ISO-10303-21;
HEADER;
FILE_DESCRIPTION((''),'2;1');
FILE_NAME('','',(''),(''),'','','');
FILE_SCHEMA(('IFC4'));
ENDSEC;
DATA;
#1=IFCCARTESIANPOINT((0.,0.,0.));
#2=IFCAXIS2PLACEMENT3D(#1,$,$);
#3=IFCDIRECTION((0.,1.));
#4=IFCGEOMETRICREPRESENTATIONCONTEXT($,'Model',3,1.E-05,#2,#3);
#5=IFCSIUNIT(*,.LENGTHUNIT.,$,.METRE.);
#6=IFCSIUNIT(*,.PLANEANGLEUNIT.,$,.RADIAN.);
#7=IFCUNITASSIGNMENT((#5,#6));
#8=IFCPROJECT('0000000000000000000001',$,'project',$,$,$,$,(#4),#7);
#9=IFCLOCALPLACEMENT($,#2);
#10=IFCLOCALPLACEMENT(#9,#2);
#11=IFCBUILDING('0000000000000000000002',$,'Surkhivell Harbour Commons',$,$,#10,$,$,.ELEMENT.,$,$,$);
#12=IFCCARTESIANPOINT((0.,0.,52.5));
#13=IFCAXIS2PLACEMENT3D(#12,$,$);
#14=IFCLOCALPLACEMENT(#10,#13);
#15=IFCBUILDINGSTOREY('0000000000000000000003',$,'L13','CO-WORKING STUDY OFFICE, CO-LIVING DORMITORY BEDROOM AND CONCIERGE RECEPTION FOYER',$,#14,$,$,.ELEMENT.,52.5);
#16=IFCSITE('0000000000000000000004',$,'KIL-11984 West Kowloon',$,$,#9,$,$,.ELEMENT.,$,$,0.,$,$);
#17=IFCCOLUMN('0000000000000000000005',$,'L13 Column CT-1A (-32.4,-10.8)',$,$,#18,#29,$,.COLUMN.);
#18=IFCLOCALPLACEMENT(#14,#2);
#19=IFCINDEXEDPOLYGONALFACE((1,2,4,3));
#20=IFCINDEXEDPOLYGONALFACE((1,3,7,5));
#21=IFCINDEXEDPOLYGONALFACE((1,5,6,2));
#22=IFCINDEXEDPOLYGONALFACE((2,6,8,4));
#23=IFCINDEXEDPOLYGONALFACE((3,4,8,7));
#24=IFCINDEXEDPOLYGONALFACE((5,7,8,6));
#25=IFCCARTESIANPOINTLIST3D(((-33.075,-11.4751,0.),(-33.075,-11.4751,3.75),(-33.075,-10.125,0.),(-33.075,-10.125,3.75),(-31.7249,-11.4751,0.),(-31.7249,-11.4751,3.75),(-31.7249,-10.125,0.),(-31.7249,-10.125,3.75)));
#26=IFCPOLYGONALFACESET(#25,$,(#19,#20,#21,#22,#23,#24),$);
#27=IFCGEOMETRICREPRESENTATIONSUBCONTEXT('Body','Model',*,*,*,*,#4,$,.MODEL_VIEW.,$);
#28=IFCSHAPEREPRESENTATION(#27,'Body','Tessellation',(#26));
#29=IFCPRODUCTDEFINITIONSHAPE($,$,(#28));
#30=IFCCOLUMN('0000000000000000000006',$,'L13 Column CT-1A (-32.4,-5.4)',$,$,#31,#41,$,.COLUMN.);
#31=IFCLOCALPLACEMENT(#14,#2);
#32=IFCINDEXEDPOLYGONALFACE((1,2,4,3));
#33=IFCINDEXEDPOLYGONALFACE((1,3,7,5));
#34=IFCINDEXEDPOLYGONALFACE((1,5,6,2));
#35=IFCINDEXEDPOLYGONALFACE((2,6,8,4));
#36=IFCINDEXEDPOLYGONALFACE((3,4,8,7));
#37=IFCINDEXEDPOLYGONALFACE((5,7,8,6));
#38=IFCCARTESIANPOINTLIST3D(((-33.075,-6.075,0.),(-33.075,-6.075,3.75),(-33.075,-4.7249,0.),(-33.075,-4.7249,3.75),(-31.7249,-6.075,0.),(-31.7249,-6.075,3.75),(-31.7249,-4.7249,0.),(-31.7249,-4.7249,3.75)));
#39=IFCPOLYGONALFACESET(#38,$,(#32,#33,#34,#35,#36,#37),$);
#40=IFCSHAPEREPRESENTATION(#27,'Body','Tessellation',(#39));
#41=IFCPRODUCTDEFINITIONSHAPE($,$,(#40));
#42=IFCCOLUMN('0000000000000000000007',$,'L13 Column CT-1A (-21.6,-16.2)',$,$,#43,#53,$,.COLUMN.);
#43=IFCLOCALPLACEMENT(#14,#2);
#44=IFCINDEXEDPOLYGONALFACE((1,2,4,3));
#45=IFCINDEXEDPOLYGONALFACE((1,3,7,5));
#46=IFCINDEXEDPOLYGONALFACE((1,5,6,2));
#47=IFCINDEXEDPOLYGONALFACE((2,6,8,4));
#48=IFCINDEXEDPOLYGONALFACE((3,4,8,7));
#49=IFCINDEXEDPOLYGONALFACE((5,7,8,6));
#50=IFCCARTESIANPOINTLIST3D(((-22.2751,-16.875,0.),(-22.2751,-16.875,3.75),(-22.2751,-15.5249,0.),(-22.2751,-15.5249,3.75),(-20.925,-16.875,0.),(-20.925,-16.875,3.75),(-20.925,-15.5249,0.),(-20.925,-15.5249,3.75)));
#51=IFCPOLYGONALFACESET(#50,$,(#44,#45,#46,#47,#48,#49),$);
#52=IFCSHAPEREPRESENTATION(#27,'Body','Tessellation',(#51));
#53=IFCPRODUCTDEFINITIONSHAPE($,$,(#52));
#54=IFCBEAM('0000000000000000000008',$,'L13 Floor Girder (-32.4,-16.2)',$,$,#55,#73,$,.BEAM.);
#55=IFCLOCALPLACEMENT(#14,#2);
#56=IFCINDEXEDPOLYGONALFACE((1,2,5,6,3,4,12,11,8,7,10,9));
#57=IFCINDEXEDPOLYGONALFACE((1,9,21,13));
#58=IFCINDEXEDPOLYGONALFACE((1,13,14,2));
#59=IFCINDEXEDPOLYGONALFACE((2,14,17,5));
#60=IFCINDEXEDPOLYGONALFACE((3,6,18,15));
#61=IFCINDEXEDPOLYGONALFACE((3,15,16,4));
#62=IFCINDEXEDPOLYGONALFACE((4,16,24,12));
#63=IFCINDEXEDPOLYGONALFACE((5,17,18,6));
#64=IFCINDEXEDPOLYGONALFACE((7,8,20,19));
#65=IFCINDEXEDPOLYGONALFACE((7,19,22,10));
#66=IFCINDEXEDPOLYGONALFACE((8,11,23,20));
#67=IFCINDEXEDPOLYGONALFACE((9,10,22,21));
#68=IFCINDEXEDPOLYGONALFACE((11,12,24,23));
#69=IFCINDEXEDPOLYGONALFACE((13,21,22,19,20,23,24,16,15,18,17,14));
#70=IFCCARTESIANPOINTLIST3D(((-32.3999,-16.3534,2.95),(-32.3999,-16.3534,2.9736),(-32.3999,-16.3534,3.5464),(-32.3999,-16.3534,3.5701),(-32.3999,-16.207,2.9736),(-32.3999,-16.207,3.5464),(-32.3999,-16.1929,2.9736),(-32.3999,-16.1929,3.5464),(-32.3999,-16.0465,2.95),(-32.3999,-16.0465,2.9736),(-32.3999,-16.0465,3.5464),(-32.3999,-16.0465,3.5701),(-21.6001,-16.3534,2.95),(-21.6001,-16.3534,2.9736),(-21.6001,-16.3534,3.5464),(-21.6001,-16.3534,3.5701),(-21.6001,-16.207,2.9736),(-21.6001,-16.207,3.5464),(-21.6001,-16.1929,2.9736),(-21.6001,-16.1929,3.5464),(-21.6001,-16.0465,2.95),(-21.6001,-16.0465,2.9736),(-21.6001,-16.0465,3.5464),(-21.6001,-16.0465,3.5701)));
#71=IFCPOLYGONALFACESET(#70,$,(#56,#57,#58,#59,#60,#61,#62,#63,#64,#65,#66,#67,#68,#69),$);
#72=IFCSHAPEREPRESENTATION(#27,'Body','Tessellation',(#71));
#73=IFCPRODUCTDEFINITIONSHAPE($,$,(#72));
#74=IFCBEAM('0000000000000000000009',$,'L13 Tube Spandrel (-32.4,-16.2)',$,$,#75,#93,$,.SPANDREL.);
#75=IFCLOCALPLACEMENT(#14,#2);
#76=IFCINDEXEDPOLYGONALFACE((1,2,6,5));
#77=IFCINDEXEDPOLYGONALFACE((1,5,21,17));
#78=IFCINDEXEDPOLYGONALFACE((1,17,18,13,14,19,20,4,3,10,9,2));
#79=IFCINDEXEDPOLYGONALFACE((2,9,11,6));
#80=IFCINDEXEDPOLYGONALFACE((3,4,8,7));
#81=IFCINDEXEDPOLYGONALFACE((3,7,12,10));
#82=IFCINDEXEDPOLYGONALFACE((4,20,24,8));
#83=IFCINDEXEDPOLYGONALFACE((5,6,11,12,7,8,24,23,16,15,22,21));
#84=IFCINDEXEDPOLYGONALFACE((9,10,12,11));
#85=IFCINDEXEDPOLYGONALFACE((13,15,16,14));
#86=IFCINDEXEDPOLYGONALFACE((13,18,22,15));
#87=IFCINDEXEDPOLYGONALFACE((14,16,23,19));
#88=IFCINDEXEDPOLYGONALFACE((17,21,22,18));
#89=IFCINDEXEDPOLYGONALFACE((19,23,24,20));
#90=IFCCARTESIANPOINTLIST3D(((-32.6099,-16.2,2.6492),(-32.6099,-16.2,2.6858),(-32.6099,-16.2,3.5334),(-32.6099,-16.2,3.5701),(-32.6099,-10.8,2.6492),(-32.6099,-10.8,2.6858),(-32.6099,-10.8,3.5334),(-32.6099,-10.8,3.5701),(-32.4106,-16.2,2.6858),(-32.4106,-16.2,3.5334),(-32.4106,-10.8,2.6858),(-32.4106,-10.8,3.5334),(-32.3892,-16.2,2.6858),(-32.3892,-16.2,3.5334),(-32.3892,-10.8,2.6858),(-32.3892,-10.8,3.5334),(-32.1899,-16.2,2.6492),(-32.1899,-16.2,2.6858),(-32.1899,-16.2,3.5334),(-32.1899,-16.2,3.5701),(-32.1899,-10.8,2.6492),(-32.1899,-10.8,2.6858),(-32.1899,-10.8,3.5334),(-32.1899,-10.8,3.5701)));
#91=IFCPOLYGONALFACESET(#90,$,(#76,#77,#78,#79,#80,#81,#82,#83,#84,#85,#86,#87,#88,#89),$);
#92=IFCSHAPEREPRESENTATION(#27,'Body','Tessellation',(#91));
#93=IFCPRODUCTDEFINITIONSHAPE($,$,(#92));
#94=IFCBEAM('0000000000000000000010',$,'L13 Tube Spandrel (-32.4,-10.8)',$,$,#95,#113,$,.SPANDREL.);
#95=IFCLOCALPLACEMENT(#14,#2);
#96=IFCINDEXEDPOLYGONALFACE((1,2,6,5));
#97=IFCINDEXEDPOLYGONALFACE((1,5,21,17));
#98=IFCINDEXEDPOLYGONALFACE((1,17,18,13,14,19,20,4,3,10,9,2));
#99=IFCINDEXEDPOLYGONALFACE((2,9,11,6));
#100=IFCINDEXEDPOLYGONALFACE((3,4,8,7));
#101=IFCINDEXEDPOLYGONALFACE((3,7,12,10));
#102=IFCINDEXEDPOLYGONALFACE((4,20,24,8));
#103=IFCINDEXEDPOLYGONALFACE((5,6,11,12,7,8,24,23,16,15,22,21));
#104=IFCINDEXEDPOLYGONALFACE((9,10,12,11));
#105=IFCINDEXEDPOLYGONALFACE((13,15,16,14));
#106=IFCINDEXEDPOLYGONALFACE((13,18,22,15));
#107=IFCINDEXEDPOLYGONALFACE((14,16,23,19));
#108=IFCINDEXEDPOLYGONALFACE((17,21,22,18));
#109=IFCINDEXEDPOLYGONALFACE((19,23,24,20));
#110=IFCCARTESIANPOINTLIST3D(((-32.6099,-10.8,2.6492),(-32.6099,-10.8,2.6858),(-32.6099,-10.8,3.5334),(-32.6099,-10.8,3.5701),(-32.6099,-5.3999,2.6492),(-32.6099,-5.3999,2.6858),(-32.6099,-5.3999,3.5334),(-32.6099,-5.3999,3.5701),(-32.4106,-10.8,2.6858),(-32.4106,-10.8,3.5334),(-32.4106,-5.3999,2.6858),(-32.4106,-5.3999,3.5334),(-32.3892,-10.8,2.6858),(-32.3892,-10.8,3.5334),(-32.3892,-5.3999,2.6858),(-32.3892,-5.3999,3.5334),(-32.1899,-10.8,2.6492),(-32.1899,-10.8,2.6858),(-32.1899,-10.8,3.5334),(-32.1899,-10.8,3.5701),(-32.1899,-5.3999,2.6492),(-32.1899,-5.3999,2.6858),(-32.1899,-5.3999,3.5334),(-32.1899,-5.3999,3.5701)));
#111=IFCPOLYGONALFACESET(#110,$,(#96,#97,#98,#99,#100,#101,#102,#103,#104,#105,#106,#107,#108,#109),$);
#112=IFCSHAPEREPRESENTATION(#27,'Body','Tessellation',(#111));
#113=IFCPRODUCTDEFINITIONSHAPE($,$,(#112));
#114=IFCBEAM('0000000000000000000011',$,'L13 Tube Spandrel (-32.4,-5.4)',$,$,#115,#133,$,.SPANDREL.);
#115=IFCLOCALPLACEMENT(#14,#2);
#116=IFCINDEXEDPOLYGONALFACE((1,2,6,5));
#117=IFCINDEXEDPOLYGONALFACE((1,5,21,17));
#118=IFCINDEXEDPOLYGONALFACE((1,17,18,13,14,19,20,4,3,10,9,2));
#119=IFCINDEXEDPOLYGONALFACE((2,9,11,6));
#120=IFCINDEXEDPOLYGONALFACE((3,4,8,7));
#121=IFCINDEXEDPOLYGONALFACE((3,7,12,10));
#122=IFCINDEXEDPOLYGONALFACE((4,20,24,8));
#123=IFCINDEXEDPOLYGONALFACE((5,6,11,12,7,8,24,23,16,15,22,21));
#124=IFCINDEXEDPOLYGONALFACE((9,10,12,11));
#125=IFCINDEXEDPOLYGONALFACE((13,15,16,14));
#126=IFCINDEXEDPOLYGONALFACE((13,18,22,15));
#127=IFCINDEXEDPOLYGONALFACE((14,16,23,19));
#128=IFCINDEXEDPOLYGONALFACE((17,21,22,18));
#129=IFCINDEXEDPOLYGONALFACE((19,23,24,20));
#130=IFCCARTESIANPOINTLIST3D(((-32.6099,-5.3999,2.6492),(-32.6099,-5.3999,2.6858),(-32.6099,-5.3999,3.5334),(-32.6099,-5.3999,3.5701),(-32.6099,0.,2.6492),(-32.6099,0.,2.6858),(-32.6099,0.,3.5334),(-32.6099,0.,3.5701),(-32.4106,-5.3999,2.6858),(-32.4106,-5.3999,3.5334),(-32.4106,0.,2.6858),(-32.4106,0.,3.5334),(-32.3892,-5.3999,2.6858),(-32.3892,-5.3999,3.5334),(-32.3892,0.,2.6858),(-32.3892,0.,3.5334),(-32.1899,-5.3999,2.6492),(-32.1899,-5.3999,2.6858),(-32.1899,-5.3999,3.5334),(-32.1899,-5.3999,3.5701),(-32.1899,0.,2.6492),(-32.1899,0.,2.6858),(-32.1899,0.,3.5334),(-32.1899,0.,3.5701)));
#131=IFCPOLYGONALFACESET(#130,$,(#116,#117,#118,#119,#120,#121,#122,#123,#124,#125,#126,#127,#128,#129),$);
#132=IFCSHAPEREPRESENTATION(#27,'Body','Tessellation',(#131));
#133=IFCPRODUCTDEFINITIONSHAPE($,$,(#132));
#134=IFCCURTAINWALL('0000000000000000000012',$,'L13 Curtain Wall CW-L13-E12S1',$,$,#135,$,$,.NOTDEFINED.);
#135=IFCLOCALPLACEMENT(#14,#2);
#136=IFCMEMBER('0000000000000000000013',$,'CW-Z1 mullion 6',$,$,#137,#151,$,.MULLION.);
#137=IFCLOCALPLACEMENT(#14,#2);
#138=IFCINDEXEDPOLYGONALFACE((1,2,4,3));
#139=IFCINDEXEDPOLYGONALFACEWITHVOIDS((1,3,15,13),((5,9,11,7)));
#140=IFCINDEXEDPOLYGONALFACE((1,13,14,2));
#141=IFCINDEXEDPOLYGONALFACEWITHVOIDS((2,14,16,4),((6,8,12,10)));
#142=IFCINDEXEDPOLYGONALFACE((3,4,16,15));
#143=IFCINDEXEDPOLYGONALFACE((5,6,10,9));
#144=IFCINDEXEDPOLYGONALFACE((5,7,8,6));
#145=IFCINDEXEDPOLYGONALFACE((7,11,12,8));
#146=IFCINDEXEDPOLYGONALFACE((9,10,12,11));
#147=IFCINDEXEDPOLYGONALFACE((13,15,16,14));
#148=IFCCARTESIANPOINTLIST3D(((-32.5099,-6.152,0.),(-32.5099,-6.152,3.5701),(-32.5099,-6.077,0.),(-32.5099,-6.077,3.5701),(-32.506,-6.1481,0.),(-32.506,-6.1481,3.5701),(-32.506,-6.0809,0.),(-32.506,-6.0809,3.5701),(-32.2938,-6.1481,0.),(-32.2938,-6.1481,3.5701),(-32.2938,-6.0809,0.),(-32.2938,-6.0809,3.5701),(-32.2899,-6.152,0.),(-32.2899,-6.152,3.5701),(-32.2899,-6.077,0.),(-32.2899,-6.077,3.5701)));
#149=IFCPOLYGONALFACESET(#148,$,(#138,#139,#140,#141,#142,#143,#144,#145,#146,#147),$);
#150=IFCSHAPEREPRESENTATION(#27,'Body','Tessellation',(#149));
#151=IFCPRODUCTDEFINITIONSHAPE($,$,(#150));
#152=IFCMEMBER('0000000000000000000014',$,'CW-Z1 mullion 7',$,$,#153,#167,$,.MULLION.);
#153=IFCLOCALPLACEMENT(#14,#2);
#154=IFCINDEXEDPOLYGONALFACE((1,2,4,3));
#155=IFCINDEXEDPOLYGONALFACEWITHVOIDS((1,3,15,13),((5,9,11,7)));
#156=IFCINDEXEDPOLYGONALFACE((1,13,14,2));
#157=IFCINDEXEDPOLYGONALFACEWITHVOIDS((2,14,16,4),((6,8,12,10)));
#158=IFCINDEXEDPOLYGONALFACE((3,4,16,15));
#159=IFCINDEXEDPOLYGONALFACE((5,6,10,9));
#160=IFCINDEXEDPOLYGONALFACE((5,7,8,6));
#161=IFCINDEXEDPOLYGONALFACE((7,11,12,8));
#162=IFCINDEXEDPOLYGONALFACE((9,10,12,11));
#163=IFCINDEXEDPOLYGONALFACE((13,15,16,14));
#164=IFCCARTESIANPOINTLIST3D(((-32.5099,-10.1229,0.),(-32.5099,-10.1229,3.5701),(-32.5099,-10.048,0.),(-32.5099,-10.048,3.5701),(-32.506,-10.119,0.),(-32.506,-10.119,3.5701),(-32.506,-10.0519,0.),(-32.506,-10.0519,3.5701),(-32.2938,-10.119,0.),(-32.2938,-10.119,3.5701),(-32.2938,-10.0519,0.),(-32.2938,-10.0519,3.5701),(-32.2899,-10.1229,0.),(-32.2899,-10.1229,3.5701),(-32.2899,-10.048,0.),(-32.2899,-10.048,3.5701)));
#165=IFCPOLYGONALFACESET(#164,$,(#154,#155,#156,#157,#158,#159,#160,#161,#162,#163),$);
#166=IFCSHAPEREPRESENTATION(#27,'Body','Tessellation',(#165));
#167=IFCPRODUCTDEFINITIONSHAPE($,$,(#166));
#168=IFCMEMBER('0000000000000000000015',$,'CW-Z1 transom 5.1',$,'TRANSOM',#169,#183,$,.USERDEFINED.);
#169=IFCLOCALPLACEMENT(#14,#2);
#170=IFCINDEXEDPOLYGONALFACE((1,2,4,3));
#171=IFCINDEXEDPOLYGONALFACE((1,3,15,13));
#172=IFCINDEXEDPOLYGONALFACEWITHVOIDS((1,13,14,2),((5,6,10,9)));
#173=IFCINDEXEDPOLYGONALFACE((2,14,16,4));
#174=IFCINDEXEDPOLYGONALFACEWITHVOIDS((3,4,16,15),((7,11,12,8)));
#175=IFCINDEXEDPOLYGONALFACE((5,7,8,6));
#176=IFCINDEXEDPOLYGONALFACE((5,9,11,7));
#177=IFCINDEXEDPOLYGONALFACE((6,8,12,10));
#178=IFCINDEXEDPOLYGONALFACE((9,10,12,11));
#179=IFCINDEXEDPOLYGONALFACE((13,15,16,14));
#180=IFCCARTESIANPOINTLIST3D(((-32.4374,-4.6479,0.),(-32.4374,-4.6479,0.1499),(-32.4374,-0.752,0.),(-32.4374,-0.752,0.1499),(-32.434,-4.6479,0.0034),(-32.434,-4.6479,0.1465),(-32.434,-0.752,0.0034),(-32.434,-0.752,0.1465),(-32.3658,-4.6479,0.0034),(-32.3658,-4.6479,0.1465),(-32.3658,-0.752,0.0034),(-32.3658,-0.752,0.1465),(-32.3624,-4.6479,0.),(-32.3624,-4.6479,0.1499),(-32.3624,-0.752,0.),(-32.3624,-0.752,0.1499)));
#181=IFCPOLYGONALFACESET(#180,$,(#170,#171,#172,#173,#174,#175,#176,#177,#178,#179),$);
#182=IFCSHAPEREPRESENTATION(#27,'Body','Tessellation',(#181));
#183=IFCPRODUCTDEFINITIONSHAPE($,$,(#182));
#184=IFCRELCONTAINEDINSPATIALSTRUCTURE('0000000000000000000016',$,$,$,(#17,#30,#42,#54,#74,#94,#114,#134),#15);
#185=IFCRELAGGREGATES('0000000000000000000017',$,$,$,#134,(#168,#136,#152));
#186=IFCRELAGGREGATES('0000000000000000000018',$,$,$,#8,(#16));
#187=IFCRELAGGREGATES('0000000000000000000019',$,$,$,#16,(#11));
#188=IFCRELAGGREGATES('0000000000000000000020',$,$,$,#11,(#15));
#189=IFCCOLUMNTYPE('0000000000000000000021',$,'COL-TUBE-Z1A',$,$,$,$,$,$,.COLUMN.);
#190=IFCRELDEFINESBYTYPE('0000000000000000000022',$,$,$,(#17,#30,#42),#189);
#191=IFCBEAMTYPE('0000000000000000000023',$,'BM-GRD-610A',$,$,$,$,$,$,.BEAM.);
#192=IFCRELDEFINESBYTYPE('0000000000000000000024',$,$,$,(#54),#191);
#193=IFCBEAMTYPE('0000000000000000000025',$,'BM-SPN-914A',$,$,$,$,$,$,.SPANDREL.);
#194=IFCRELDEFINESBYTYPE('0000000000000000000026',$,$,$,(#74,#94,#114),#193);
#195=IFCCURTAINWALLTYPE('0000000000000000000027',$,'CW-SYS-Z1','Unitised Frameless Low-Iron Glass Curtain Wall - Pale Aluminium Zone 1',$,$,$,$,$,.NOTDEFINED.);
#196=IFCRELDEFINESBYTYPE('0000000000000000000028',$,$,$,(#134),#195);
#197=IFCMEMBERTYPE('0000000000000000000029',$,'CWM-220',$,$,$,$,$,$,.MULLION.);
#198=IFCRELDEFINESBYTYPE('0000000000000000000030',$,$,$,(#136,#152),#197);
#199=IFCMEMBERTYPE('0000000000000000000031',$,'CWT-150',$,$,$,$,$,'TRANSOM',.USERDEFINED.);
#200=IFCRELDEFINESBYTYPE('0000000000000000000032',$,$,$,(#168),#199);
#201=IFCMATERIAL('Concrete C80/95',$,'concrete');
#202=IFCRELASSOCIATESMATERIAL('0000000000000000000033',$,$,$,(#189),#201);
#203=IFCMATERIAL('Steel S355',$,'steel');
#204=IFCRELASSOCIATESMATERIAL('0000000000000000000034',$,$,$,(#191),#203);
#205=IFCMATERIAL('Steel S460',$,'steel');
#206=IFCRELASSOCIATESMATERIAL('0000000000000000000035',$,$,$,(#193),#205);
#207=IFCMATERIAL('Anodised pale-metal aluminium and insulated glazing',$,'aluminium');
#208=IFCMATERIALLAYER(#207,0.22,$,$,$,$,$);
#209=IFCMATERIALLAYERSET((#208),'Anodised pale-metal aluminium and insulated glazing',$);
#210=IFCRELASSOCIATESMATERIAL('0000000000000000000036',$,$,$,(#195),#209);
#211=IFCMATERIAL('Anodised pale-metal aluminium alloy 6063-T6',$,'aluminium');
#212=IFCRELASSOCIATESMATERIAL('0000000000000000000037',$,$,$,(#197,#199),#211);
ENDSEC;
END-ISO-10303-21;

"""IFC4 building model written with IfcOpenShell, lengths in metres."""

from ifc_helpers import new_model, si_unit, direction, frame, origin, origin_2d, place, context, subcontext, project, spatial, rectangle, hollow_rectangle, i_section, extrude, material, layer, layer_set, material_profile, profile_set, type_object, element, aggregate, save


model = new_model("IFC4")

# Units and contexts
model_context = context("Model", 3, precision=1e-05, world=origin(), true_north=direction((0.0, 1.0)))
body_context = subcontext(model_context, "Body", "Model", "MODEL_VIEW")
ifc_project = project(units=[si_unit("LENGTHUNIT", "METRE"), si_unit("PLANEANGLEUNIT", "RADIAN")], contexts=[model_context])

# Site, building, storey
site_placement = place(None, origin())
site = spatial("IfcSite", under=ifc_project, at=site_placement, Name="KIL-11984 West Kowloon", CompositionType="ELEMENT", RefElevation=0.0)
building_placement = place(site_placement, origin())
building = spatial("IfcBuilding", under=site, at=building_placement, Name="Surkhivell Harbour Commons", CompositionType="ELEMENT")
storey_placement = place(building_placement, frame((0.0, 0.0, 52.5)))
storey = spatial("IfcBuildingStorey", under=building, at=storey_placement, Name="L13", Description="CO-WORKING STUDY OFFICE, CO-LIVING DORMITORY BEDROOM AND CONCIERGE RECEPTION FOYER", CompositionType="ELEMENT", Elevation=52.5)

# Columns
ifc_material_1 = material(Name="Concrete C80/95", Category="concrete")
ifc_material_profile_1 = material_profile(ifc_material_1, rectangle(XDim=1.3501, YDim=1.3501, at=origin_2d()), Name="RC-COL-1350x1350")
ifc_profile_set_1 = profile_set([ifc_material_profile_1], Name="Concrete C80/95")
column_type = type_object("IfcColumnType", Name="COL-TUBE-Z1A", PredefinedType="COLUMN", material=ifc_profile_set_1)
for number, where, z_axis, x_axis, name in (
    (1, (-32.3999, -10.8, 0.0), (0.0, 0.0, 1.0), (1.0, 0.0, 0.0), "L13 Column CT-1A (-32.4,-10.8)"),
    (2, (-32.3999, -5.3999, 0.0), (0.0, 0.0, 1.0), (1.0, 0.0, 0.0), "L13 Column CT-1A (-32.4,-5.4)"),
    (3, (-21.6001, -16.2, 0.0), (0.0, 0.0, 1.0), (1.0, 0.0, 0.0), "L13 Column CT-1A (-21.6,-16.2)"),
):
    element("IfcColumn", number, at=place(storey_placement, frame(where, z_axis=z_axis, x_axis=x_axis)), inside=storey, type_object=column_type, Name=name, PredefinedType="COLUMN", context=body_context, shape_type="SweptSolid", body=[
        extrude(rectangle(XDim=1.3501, YDim=1.3501, at=origin_2d()), origin(), (0.0, 0.0, 1.0), 3.75),
    ])

# Beams
ifc_material_2 = material(Name="Steel S355", Category="steel")
ifc_material_profile_2 = material_profile(ifc_material_2, i_section(OverallWidth=0.3069, OverallDepth=0.6201, WebThickness=0.0142, FlangeThickness=0.0237, at=origin_2d()), Name="UB610x305x179")
ifc_profile_set_2 = profile_set([ifc_material_profile_2], Name="Steel S355")
beam_type_1 = type_object("IfcBeamType", Name="BM-GRD-610A", PredefinedType="BEAM", material=ifc_profile_set_2)
beam_1_placement = place(storey_placement, frame((-32.3999, -16.2, 3.26), z_axis=(1.0, 0.0, 0.0), x_axis=(0.0, 1.0, 0.0)))
element("IfcBeam", 4, at=beam_1_placement, inside=storey, type_object=beam_type_1, Name="L13 Floor Girder (-32.4,-16.2)", PredefinedType="BEAM", context=body_context, shape_type="SweptSolid", body=[
    extrude(i_section(OverallWidth=0.3069, OverallDepth=0.6201, WebThickness=0.0142, FlangeThickness=0.0237, at=origin_2d()), origin(), (0.0, 0.0, 1.0), 10.7998),
])
ifc_material_3 = material(Name="Steel S460", Category="steel")
ifc_material_profile_3 = material_profile(ifc_material_3, i_section(OverallWidth=0.4199, OverallDepth=0.9209, WebThickness=0.0215, FlangeThickness=0.0366, at=origin_2d()), Name="UB914x419x388")
ifc_profile_set_3 = profile_set([ifc_material_profile_3], Name="Steel S460")
beam_type_2 = type_object("IfcBeamType", Name="BM-SPN-914A", PredefinedType="SPANDREL", material=ifc_profile_set_3)
beam_2_placement = place(storey_placement, frame((-32.3999, -16.2, 3.1096), z_axis=(0.0, 1.0, 0.0), x_axis=(-1.0, 0.0, 0.0)))
element("IfcBeam", 5, at=beam_2_placement, inside=storey, type_object=beam_type_2, Name="L13 Tube Spandrel (-32.4,-16.2)", PredefinedType="SPANDREL", context=body_context, shape_type="SweptSolid", body=[
    extrude(i_section(OverallWidth=0.4199, OverallDepth=0.9209, WebThickness=0.0215, FlangeThickness=0.0366, at=origin_2d()), origin(), (0.0, 0.0, 1.0), 5.3999),
])
beam_3_placement = place(storey_placement, frame((-32.3999, -10.8, 3.1096), z_axis=(0.0, 1.0, 0.0), x_axis=(-1.0, 0.0, 0.0)))
element("IfcBeam", 6, at=beam_3_placement, inside=storey, type_object=beam_type_2, Name="L13 Tube Spandrel (-32.4,-10.8)", PredefinedType="SPANDREL", context=body_context, shape_type="SweptSolid", body=[
    extrude(i_section(OverallWidth=0.4199, OverallDepth=0.9209, WebThickness=0.0215, FlangeThickness=0.0366, at=origin_2d()), origin(), (0.0, 0.0, 1.0), 5.4001),
])
beam_4_placement = place(storey_placement, frame((-32.3999, -5.3999, 3.1096), z_axis=(0.0, 1.0, 0.0), x_axis=(-1.0, 0.0, 0.0)))
element("IfcBeam", 7, at=beam_4_placement, inside=storey, type_object=beam_type_2, Name="L13 Tube Spandrel (-32.4,-5.4)", PredefinedType="SPANDREL", context=body_context, shape_type="SweptSolid", body=[
    extrude(i_section(OverallWidth=0.4199, OverallDepth=0.9209, WebThickness=0.0215, FlangeThickness=0.0366, at=origin_2d()), origin(), (0.0, 0.0, 1.0), 5.3999),
])

# Curtain wall, members
ifc_material_4 = material(Name="Anodised pale-metal aluminium and insulated glazing", Category="aluminium")
ifc_layer_1 = layer(ifc_material_4, 0.22)
ifc_layer_set_1 = layer_set([ifc_layer_1], Name="Anodised pale-metal aluminium and insulated glazing")
curtain_wall_type = type_object("IfcCurtainWallType", Name="CW-SYS-Z1", Description="Unitised Frameless Low-Iron Glass Curtain Wall - Pale Aluminium Zone 1", PredefinedType="NOTDEFINED", material=ifc_layer_set_1)
curtain_wall_placement = place(storey_placement, origin())
curtain_wall = element("IfcCurtainWall", 8, at=curtain_wall_placement, inside=storey, type_object=curtain_wall_type, Name="L13 Curtain Wall CW-L13-E12S1", PredefinedType="NOTDEFINED")
ifc_material_5 = material(Name="Anodised pale-metal aluminium alloy 6063-T6", Category="aluminium")
ifc_material_profile_4 = material_profile(ifc_material_5, hollow_rectangle(XDim=0.075, YDim=0.22, WallThickness=0.0039, at=origin_2d()), Name="ALU-MULL-75x220")
ifc_profile_set_4 = profile_set([ifc_material_profile_4], Name="Anodised pale-metal aluminium alloy 6063-T6")
member_type_1 = type_object("IfcMemberType", Name="CWM-220", PredefinedType="MULLION", material=ifc_profile_set_4)
member_1_placement = place(storey_placement, frame((-32.3999, -6.1145, 0.0), z_axis=(0.0, 0.0, 1.0), x_axis=(0.0, -1.0, 0.0)))
member_1 = element("IfcMember", 9, at=member_1_placement, type_object=member_type_1, Name="CW-Z1 mullion 6", PredefinedType="MULLION", context=body_context, shape_type="SweptSolid", body=[
    extrude(hollow_rectangle(XDim=0.075, YDim=0.22, WallThickness=0.0039, at=origin_2d()), origin(), (0.0, 0.0, 1.0), 3.5701),
])
member_2_placement = place(storey_placement, frame((-32.3999, -10.0854, 0.0), z_axis=(0.0, 0.0, 1.0), x_axis=(0.0, -1.0, 0.0)))
member_2 = element("IfcMember", 10, at=member_2_placement, type_object=member_type_1, Name="CW-Z1 mullion 7", PredefinedType="MULLION", context=body_context, shape_type="SweptSolid", body=[
    extrude(hollow_rectangle(XDim=0.075, YDim=0.22, WallThickness=0.0039, at=origin_2d()), origin(), (0.0, 0.0, 1.0), 3.5701),
])
ifc_material_profile_5 = material_profile(ifc_material_5, hollow_rectangle(XDim=0.075, YDim=0.1499, WallThickness=0.0034, at=origin_2d()), Name="ALU-TRAN-75x150")
ifc_profile_set_5 = profile_set([ifc_material_profile_5], Name="Anodised pale-metal aluminium alloy 6063-T6")
member_type_2 = type_object("IfcMemberType", Name="CWT-150", ElementType="TRANSOM", PredefinedType="USERDEFINED", material=ifc_profile_set_5)
member_3_placement = place(storey_placement, frame((-32.3999, -0.752, 0.075), z_axis=(0.0, -1.0, 0.0), x_axis=(1.0, 0.0, 0.0)))
member_3 = element("IfcMember", 11, at=member_3_placement, type_object=member_type_2, Name="CW-Z1 transom 5.1", ObjectType="TRANSOM", PredefinedType="USERDEFINED", context=body_context, shape_type="SweptSolid", body=[
    extrude(hollow_rectangle(XDim=0.075, YDim=0.1499, WallThickness=0.0034, at=origin_2d()), origin(), (0.0, 0.0, 1.0), 3.896),
])

aggregate(curtain_wall, [member_3, member_1, member_2])

save(model, "model.ifc")
